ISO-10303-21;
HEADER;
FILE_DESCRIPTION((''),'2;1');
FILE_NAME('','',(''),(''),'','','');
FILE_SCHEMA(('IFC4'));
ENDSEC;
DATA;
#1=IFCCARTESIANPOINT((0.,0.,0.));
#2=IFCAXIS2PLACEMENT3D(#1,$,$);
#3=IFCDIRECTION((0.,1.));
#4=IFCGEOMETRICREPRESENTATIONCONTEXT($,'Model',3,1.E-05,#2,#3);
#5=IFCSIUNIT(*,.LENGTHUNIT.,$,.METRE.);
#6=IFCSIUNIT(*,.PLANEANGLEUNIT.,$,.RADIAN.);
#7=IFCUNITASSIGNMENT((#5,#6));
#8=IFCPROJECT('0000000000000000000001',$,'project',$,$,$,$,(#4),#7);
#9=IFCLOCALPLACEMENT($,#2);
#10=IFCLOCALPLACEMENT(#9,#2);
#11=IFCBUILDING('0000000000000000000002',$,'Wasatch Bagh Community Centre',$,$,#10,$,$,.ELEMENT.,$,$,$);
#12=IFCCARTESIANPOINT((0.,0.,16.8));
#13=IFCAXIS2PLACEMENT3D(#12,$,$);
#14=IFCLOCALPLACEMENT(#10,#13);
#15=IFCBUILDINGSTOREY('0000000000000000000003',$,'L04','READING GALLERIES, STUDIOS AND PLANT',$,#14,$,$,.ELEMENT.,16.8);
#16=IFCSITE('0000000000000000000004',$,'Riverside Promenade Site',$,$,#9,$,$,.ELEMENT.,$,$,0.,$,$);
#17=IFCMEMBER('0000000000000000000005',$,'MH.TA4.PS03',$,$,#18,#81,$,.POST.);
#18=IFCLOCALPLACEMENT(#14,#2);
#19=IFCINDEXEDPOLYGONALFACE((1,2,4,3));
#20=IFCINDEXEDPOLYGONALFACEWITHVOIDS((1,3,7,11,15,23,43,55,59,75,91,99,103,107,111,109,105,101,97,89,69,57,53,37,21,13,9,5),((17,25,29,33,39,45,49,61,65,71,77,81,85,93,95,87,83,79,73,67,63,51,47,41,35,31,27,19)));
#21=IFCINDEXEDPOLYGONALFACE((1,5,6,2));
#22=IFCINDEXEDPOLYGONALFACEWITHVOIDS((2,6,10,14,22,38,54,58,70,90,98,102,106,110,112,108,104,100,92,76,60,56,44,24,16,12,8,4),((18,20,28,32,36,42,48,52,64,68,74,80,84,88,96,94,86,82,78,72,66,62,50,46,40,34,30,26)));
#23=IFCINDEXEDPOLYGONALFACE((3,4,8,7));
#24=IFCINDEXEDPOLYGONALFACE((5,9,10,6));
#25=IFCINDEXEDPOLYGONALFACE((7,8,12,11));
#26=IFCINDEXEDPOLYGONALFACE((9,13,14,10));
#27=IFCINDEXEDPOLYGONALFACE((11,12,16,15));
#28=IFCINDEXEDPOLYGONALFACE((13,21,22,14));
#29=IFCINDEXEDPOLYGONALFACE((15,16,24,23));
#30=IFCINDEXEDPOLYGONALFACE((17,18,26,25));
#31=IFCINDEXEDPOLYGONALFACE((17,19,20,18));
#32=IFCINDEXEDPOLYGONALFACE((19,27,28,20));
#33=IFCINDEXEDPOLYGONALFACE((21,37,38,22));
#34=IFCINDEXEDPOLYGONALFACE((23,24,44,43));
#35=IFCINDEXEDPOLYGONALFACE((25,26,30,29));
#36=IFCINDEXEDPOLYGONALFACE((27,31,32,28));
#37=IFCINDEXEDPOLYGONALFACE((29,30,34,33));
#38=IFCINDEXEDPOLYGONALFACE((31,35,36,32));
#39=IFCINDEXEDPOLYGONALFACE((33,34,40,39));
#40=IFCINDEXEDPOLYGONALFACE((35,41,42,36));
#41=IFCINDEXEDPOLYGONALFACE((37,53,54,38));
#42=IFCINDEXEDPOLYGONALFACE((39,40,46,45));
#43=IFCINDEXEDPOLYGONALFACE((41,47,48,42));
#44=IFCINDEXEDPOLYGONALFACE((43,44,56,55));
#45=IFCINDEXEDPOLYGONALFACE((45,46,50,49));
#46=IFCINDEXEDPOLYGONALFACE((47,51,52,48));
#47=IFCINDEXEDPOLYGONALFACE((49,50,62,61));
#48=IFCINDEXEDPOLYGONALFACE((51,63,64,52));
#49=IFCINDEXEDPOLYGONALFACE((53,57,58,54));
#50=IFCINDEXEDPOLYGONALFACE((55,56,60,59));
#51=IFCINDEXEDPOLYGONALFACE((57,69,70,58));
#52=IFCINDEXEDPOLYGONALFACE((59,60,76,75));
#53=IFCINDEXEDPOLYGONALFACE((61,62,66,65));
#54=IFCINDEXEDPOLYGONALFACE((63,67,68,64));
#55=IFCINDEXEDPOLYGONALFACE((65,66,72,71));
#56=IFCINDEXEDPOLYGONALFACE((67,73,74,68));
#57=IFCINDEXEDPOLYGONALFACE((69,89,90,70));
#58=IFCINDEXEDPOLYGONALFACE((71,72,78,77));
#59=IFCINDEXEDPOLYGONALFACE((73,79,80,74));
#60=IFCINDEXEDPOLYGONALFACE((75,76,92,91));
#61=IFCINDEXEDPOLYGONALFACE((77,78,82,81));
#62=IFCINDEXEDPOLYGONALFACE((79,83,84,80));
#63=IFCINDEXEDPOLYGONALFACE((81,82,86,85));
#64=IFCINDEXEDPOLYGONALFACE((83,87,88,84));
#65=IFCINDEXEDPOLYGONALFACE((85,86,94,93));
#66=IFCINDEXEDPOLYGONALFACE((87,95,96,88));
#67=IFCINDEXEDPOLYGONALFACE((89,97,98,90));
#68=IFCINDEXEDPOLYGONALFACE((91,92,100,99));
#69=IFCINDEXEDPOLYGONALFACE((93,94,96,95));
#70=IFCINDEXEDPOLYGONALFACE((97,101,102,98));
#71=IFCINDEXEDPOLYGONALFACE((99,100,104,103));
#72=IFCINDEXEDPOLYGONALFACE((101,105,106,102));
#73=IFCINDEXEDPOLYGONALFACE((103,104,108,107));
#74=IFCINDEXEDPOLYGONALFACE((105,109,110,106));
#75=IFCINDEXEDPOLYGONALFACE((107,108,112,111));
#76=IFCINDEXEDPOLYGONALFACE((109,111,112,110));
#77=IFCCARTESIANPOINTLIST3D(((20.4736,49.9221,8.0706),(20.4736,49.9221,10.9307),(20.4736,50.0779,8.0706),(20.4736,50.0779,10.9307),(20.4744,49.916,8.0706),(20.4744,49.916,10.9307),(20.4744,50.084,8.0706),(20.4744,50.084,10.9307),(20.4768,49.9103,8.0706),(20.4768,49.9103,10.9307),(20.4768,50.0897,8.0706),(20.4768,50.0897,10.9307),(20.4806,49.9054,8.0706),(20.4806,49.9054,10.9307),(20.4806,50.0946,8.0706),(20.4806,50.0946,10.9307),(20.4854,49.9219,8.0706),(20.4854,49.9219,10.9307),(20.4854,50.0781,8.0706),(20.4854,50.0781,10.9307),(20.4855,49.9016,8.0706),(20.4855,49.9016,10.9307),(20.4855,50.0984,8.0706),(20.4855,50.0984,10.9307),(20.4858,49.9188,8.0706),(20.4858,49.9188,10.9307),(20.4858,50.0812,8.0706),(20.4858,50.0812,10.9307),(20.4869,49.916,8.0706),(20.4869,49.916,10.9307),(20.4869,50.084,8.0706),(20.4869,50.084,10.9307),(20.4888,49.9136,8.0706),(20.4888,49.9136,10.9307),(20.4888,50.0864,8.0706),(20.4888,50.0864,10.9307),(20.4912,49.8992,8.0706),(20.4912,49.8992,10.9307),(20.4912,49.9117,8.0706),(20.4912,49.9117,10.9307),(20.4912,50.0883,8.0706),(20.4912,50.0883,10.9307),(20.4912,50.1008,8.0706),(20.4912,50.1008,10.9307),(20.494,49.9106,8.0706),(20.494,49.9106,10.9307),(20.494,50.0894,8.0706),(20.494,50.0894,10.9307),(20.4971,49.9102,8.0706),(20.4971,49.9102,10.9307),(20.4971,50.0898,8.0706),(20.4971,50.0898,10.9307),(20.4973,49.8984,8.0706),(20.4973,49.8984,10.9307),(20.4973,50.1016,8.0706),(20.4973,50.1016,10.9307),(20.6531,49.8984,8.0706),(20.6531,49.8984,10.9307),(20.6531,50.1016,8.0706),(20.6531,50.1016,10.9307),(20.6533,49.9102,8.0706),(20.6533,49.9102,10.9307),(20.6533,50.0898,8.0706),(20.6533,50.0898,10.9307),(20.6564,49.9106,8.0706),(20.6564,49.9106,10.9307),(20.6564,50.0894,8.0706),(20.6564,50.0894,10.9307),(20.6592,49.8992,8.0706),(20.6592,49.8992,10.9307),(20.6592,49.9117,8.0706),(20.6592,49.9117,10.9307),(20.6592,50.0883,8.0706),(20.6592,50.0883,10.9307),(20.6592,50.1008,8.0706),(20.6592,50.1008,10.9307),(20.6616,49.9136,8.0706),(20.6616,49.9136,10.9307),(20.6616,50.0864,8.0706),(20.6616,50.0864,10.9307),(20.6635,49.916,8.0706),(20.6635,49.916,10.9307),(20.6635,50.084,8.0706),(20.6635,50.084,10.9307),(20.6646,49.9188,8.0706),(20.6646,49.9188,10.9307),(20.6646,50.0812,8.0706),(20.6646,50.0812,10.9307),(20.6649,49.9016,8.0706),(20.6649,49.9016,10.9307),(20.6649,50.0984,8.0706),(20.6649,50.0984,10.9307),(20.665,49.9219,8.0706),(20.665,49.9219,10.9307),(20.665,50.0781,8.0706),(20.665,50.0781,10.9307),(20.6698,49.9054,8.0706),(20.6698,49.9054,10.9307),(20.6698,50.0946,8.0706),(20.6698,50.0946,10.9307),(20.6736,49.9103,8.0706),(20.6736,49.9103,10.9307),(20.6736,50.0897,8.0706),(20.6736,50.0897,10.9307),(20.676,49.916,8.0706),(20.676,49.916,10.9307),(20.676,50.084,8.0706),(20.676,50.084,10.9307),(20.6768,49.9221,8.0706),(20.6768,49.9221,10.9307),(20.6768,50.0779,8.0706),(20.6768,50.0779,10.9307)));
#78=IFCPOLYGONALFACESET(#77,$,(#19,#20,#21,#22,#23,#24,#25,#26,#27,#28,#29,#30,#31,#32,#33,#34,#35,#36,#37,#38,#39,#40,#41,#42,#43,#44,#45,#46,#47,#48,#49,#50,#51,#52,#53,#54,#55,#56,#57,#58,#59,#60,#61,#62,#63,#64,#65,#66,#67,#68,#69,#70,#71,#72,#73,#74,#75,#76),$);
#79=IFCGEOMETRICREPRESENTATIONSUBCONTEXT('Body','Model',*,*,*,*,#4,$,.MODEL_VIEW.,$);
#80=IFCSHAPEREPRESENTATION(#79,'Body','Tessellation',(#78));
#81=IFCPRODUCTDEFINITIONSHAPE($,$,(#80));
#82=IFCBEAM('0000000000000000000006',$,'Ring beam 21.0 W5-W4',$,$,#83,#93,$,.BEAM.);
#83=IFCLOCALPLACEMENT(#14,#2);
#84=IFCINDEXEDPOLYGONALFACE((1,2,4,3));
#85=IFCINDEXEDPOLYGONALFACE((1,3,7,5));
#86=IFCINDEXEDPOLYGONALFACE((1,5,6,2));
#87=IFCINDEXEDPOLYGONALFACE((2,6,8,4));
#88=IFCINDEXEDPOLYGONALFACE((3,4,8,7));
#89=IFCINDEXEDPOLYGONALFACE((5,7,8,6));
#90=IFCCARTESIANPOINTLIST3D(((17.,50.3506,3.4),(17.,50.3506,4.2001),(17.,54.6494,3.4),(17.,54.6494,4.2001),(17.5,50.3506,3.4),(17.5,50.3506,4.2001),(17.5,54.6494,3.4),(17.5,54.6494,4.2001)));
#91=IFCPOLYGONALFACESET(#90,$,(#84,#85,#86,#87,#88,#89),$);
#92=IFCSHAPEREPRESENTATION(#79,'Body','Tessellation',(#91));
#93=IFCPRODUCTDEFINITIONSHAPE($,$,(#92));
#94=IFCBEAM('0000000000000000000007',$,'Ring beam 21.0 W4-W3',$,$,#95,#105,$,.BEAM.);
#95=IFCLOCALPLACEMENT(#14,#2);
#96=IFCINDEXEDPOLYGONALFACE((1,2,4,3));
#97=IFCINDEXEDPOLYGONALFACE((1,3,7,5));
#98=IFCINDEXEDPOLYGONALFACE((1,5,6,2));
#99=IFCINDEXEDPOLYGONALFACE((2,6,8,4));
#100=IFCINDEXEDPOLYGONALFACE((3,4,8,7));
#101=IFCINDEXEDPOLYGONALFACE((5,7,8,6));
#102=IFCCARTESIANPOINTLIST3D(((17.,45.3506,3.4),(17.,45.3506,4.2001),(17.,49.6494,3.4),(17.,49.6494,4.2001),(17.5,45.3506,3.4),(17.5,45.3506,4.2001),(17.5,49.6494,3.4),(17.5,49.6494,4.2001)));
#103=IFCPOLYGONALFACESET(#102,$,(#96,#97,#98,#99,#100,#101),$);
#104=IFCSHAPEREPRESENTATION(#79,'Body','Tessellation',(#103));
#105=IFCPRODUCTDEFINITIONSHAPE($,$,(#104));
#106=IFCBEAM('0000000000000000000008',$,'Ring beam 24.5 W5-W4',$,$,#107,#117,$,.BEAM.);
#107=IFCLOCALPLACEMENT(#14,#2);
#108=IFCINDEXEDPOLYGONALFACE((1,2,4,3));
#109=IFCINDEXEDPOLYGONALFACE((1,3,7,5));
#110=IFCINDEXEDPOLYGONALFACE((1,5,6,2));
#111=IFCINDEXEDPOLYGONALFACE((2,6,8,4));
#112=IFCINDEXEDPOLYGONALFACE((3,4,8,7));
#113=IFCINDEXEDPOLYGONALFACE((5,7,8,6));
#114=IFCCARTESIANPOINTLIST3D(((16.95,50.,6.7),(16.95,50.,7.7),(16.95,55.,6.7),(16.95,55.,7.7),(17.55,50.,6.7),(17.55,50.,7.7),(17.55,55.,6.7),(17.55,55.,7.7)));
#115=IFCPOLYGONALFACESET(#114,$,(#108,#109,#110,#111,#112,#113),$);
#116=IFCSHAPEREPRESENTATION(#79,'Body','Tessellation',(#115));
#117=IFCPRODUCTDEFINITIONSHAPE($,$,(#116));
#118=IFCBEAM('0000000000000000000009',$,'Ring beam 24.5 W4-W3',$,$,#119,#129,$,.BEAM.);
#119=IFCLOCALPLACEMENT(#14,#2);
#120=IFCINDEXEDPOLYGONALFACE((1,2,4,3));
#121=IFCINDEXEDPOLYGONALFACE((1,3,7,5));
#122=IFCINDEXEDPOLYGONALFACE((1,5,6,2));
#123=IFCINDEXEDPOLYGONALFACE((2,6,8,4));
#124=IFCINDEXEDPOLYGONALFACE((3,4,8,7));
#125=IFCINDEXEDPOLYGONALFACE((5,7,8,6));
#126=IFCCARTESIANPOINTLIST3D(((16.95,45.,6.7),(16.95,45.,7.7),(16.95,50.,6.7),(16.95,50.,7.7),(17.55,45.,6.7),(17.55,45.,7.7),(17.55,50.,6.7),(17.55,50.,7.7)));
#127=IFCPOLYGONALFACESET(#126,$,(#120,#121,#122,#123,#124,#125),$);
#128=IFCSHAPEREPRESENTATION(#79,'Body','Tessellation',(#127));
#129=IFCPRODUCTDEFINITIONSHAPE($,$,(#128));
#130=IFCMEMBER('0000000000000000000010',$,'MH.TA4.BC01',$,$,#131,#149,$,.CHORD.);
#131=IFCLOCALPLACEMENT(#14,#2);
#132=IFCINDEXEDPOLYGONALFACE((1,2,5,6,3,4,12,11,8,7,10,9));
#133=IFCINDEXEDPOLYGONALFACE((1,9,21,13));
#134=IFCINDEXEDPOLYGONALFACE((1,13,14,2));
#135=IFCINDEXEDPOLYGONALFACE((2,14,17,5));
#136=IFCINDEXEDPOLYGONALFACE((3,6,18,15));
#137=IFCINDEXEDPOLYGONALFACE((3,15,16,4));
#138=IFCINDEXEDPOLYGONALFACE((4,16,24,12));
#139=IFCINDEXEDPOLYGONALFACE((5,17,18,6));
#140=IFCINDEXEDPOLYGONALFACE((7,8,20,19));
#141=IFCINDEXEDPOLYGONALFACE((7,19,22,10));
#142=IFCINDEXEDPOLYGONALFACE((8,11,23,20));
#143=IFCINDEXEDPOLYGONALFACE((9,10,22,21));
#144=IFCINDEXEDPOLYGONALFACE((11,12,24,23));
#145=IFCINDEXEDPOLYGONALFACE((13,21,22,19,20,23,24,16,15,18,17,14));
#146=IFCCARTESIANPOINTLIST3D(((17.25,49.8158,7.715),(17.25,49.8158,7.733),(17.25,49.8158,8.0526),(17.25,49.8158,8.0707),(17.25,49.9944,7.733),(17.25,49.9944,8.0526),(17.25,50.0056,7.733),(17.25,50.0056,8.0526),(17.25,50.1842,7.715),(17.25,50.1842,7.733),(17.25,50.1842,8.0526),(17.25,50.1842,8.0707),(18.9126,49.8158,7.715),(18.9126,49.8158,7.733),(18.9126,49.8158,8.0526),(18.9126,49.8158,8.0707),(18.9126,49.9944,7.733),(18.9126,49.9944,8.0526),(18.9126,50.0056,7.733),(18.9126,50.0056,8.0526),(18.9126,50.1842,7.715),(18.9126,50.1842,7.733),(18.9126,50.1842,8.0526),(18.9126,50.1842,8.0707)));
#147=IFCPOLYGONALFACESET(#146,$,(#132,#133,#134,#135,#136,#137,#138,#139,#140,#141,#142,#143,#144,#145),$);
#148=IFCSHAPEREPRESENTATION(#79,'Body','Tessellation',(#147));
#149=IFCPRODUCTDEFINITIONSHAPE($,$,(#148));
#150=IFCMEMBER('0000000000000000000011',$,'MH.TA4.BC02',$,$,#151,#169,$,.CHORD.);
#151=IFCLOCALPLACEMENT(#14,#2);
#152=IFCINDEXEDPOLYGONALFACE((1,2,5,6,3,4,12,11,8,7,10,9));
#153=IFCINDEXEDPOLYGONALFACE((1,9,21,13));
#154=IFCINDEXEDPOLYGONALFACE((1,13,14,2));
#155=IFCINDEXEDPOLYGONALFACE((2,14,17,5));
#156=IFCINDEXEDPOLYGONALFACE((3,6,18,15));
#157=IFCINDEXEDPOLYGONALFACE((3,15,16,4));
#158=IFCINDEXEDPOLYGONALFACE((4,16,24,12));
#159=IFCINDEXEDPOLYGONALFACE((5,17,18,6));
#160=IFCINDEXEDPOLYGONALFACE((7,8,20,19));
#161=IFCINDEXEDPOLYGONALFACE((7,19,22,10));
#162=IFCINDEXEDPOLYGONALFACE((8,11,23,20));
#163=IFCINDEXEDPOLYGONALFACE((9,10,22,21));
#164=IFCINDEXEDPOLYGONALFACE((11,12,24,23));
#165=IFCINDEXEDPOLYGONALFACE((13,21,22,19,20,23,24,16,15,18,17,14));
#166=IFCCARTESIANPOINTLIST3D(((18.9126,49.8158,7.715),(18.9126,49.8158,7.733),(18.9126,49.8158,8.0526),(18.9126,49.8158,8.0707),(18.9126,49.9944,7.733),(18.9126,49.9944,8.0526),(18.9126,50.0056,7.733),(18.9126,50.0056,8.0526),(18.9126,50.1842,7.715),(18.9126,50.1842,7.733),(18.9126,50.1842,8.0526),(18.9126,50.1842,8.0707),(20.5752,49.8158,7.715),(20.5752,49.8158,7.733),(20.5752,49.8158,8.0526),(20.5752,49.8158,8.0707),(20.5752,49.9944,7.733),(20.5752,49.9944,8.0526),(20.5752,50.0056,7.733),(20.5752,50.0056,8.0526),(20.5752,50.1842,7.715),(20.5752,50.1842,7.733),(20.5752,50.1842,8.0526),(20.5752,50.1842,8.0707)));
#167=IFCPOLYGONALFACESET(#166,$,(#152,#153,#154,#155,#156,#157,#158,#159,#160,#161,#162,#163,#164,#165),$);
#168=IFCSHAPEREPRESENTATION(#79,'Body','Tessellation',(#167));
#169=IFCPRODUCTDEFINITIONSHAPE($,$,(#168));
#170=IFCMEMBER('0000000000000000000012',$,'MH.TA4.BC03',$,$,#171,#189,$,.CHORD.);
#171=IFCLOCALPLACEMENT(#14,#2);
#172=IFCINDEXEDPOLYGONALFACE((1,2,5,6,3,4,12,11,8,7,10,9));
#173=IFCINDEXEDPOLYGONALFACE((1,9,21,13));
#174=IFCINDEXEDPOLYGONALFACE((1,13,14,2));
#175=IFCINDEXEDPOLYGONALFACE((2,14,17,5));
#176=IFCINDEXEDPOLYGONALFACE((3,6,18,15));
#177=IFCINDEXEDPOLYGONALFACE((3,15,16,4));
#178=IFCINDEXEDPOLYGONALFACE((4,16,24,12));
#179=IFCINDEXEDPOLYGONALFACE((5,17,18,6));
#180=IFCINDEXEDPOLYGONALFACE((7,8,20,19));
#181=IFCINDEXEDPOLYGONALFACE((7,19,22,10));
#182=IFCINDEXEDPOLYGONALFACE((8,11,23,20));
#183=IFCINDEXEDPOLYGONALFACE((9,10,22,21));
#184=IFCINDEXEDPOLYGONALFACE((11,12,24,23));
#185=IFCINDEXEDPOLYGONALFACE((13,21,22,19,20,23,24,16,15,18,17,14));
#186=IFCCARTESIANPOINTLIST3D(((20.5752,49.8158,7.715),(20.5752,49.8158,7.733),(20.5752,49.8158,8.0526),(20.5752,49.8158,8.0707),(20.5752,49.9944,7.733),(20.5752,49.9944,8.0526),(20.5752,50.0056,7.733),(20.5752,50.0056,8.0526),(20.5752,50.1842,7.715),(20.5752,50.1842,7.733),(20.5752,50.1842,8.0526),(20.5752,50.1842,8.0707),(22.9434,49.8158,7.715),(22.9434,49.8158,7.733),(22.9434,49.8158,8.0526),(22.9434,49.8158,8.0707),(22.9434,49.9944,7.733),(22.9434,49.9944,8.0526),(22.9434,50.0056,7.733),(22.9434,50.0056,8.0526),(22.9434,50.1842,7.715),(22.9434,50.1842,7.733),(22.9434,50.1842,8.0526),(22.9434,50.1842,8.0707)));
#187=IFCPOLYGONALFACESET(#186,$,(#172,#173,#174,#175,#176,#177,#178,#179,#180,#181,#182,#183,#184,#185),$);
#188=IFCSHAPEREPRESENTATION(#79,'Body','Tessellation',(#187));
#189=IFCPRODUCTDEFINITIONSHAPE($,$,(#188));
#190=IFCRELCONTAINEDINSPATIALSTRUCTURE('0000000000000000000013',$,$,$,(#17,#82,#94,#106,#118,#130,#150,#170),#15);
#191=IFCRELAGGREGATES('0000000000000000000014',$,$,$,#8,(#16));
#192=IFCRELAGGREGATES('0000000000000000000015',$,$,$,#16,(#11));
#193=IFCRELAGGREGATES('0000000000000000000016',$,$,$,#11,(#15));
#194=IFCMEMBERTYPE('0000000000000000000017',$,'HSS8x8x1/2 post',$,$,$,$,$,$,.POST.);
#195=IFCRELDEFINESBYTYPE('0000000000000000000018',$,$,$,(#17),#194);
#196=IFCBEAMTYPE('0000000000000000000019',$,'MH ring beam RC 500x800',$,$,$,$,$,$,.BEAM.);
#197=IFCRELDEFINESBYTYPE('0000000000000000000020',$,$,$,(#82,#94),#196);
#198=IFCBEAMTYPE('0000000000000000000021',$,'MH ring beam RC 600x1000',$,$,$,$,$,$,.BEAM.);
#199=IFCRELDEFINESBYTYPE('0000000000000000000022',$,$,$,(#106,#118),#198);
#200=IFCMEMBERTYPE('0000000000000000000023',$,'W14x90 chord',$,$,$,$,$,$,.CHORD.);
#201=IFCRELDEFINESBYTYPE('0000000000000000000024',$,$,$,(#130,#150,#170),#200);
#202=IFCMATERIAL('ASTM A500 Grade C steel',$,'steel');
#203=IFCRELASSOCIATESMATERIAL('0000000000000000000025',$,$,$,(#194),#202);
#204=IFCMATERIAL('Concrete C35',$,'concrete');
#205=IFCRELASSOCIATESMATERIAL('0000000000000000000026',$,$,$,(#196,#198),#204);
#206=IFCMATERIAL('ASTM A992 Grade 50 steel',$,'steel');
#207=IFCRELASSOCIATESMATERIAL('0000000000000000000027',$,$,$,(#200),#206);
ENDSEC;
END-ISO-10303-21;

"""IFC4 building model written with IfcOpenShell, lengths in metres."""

from ifc_helpers import new_model, si_unit, direction, frame, origin, origin_2d, place, context, subcontext, project, spatial, rectangle, hollow_rectangle, i_section, extrude, material, material_profile, profile_set, type_object, element, save


model = new_model("IFC4")

# Units and contexts
model_context = context("Model", 3, precision=1e-05, world=origin(), true_north=direction((0.0, 1.0)))
body_context = subcontext(model_context, "Body", "Model", "MODEL_VIEW")
ifc_project = project(units=[si_unit("LENGTHUNIT", "METRE"), si_unit("PLANEANGLEUNIT", "RADIAN")], contexts=[model_context])

# Site, building, storey
site_placement = place(None, origin())
site = spatial("IfcSite", under=ifc_project, at=site_placement, Name="Riverside Promenade Site", CompositionType="ELEMENT", RefElevation=0.0)
building_placement = place(site_placement, origin())
building = spatial("IfcBuilding", under=site, at=building_placement, Name="Wasatch Bagh Community Centre", CompositionType="ELEMENT")
storey_placement = place(building_placement, frame((0.0, 0.0, 16.8)))
storey = spatial("IfcBuildingStorey", under=building, at=storey_placement, Name="L04", Description="READING GALLERIES, STUDIOS AND PLANT", CompositionType="ELEMENT", Elevation=16.8)

# Member
ifc_material_1 = material(Name="ASTM A500 Grade C steel", Category="steel")
ifc_material_profile_1 = material_profile(ifc_material_1, hollow_rectangle(XDim=0.2031, YDim=0.2031, WallThickness=0.0117, InnerFilletRadius=0.0117, OuterFilletRadius=0.0237, at=origin_2d()), Name="HSS8x8x1/2")
ifc_profile_set_1 = profile_set([ifc_material_profile_1], Name="ASTM A500 Grade C steel")
member_type_1 = type_object("IfcMemberType", Name="HSS8x8x1/2 post", PredefinedType="POST", material=ifc_profile_set_1)
member_1_placement = place(storey_placement, frame((20.5752, 50.0, 8.0706), z_axis=(0.0, 0.0, 1.0), x_axis=(1.0, 0.0, 0.0)))
element("IfcMember", 1, at=member_1_placement, inside=storey, type_object=member_type_1, Name="MH.TA4.PS03", PredefinedType="POST", context=body_context, shape_type="SweptSolid", body=[
    extrude(hollow_rectangle(XDim=0.2031, YDim=0.2031, WallThickness=0.0117, InnerFilletRadius=0.0117, OuterFilletRadius=0.0237, at=origin_2d()), origin(), (0.0, 0.0, 1.0), 2.8601),
])

# Beams
ifc_material_2 = material(Name="Concrete C35", Category="concrete")
ifc_material_profile_2 = material_profile(ifc_material_2, rectangle(XDim=0.5, YDim=0.8, at=origin_2d()), Name="RC 500x800")
ifc_profile_set_2 = profile_set([ifc_material_profile_2], Name="Concrete C35")
beam_type_1 = type_object("IfcBeamType", Name="MH ring beam RC 500x800", PredefinedType="BEAM", material=ifc_profile_set_2)
for number, where, z_axis, x_axis, name in (
    (2, (17.25, 54.6494, 3.8), (0.0, -1.0, 0.0), (1.0, 0.0, 0.0), "Ring beam 21.0 W5-W4"),
    (3, (17.25, 49.6494, 3.8), (0.0, -1.0, 0.0), (1.0, 0.0, 0.0), "Ring beam 21.0 W4-W3"),
):
    element("IfcBeam", number, at=place(storey_placement, frame(where, z_axis=z_axis, x_axis=x_axis)), inside=storey, type_object=beam_type_1, Name=name, PredefinedType="BEAM", context=body_context, shape_type="SweptSolid", body=[
        extrude(rectangle(XDim=0.5, YDim=0.8, at=origin_2d()), origin(), (0.0, 0.0, 1.0), 4.2988),
    ])
ifc_material_profile_3 = material_profile(ifc_material_2, rectangle(XDim=0.6001, YDim=1.0, at=origin_2d()), Name="RC 600x1000")
ifc_profile_set_3 = profile_set([ifc_material_profile_3], Name="Concrete C35")
beam_type_2 = type_object("IfcBeamType", Name="MH ring beam RC 600x1000", PredefinedType="BEAM", material=ifc_profile_set_3)
for number, where, z_axis, x_axis, name in (
    (4, (17.25, 55.0, 7.2), (0.0, -1.0, 0.0), (1.0, 0.0, 0.0), "Ring beam 24.5 W5-W4"),
    (5, (17.25, 50.0, 7.2), (0.0, -1.0, 0.0), (1.0, 0.0, 0.0), "Ring beam 24.5 W4-W3"),
):
    element("IfcBeam", number, at=place(storey_placement, frame(where, z_axis=z_axis, x_axis=x_axis)), inside=storey, type_object=beam_type_2, Name=name, PredefinedType="BEAM", context=body_context, shape_type="SweptSolid", body=[
        extrude(rectangle(XDim=0.6001, YDim=1.0, at=origin_2d()), origin(), (0.0, 0.0, 1.0), 5.0),
    ])

# Members
ifc_material_3 = material(Name="ASTM A992 Grade 50 steel", Category="steel")
ifc_material_profile_4 = material_profile(ifc_material_3, i_section(OverallWidth=0.3684, OverallDepth=0.3557, WebThickness=0.0112, FlangeThickness=0.0181, at=origin_2d()), Name="W14x90")
ifc_profile_set_4 = profile_set([ifc_material_profile_4], Name="ASTM A992 Grade 50 steel")
member_type_2 = type_object("IfcMemberType", Name="W14x90 chord", PredefinedType="CHORD", material=ifc_profile_set_4)
for number, where, z_axis, x_axis, name in (
    (6, (17.25, 50.0, 7.8928), (1.0, 0.0, 0.0), (0.0, 1.0, 0.0), "MH.TA4.BC01"),
    (7, (18.9126, 50.0, 7.8928), (1.0, 0.0, 0.0), (0.0, 1.0, 0.0), "MH.TA4.BC02"),
):
    element("IfcMember", number, at=place(storey_placement, frame(where, z_axis=z_axis, x_axis=x_axis)), inside=storey, type_object=member_type_2, Name=name, PredefinedType="CHORD", context=body_context, shape_type="SweptSolid", body=[
        extrude(i_section(OverallWidth=0.3684, OverallDepth=0.3557, WebThickness=0.0112, FlangeThickness=0.0181, at=origin_2d()), origin(), (0.0, 0.0, 1.0), 1.6626),
    ])
member_2_placement = place(storey_placement, frame((20.5752, 50.0, 7.8928), z_axis=(1.0, 0.0, 0.0), x_axis=(0.0, 1.0, 0.0)))
element("IfcMember", 8, at=member_2_placement, inside=storey, type_object=member_type_2, Name="MH.TA4.BC03", PredefinedType="CHORD", context=body_context, shape_type="SweptSolid", body=[
    extrude(i_section(OverallWidth=0.3684, OverallDepth=0.3557, WebThickness=0.0112, FlangeThickness=0.0181, at=origin_2d()), origin(), (0.0, 0.0, 1.0), 2.3682),
])

save(model, "model.ifc")
